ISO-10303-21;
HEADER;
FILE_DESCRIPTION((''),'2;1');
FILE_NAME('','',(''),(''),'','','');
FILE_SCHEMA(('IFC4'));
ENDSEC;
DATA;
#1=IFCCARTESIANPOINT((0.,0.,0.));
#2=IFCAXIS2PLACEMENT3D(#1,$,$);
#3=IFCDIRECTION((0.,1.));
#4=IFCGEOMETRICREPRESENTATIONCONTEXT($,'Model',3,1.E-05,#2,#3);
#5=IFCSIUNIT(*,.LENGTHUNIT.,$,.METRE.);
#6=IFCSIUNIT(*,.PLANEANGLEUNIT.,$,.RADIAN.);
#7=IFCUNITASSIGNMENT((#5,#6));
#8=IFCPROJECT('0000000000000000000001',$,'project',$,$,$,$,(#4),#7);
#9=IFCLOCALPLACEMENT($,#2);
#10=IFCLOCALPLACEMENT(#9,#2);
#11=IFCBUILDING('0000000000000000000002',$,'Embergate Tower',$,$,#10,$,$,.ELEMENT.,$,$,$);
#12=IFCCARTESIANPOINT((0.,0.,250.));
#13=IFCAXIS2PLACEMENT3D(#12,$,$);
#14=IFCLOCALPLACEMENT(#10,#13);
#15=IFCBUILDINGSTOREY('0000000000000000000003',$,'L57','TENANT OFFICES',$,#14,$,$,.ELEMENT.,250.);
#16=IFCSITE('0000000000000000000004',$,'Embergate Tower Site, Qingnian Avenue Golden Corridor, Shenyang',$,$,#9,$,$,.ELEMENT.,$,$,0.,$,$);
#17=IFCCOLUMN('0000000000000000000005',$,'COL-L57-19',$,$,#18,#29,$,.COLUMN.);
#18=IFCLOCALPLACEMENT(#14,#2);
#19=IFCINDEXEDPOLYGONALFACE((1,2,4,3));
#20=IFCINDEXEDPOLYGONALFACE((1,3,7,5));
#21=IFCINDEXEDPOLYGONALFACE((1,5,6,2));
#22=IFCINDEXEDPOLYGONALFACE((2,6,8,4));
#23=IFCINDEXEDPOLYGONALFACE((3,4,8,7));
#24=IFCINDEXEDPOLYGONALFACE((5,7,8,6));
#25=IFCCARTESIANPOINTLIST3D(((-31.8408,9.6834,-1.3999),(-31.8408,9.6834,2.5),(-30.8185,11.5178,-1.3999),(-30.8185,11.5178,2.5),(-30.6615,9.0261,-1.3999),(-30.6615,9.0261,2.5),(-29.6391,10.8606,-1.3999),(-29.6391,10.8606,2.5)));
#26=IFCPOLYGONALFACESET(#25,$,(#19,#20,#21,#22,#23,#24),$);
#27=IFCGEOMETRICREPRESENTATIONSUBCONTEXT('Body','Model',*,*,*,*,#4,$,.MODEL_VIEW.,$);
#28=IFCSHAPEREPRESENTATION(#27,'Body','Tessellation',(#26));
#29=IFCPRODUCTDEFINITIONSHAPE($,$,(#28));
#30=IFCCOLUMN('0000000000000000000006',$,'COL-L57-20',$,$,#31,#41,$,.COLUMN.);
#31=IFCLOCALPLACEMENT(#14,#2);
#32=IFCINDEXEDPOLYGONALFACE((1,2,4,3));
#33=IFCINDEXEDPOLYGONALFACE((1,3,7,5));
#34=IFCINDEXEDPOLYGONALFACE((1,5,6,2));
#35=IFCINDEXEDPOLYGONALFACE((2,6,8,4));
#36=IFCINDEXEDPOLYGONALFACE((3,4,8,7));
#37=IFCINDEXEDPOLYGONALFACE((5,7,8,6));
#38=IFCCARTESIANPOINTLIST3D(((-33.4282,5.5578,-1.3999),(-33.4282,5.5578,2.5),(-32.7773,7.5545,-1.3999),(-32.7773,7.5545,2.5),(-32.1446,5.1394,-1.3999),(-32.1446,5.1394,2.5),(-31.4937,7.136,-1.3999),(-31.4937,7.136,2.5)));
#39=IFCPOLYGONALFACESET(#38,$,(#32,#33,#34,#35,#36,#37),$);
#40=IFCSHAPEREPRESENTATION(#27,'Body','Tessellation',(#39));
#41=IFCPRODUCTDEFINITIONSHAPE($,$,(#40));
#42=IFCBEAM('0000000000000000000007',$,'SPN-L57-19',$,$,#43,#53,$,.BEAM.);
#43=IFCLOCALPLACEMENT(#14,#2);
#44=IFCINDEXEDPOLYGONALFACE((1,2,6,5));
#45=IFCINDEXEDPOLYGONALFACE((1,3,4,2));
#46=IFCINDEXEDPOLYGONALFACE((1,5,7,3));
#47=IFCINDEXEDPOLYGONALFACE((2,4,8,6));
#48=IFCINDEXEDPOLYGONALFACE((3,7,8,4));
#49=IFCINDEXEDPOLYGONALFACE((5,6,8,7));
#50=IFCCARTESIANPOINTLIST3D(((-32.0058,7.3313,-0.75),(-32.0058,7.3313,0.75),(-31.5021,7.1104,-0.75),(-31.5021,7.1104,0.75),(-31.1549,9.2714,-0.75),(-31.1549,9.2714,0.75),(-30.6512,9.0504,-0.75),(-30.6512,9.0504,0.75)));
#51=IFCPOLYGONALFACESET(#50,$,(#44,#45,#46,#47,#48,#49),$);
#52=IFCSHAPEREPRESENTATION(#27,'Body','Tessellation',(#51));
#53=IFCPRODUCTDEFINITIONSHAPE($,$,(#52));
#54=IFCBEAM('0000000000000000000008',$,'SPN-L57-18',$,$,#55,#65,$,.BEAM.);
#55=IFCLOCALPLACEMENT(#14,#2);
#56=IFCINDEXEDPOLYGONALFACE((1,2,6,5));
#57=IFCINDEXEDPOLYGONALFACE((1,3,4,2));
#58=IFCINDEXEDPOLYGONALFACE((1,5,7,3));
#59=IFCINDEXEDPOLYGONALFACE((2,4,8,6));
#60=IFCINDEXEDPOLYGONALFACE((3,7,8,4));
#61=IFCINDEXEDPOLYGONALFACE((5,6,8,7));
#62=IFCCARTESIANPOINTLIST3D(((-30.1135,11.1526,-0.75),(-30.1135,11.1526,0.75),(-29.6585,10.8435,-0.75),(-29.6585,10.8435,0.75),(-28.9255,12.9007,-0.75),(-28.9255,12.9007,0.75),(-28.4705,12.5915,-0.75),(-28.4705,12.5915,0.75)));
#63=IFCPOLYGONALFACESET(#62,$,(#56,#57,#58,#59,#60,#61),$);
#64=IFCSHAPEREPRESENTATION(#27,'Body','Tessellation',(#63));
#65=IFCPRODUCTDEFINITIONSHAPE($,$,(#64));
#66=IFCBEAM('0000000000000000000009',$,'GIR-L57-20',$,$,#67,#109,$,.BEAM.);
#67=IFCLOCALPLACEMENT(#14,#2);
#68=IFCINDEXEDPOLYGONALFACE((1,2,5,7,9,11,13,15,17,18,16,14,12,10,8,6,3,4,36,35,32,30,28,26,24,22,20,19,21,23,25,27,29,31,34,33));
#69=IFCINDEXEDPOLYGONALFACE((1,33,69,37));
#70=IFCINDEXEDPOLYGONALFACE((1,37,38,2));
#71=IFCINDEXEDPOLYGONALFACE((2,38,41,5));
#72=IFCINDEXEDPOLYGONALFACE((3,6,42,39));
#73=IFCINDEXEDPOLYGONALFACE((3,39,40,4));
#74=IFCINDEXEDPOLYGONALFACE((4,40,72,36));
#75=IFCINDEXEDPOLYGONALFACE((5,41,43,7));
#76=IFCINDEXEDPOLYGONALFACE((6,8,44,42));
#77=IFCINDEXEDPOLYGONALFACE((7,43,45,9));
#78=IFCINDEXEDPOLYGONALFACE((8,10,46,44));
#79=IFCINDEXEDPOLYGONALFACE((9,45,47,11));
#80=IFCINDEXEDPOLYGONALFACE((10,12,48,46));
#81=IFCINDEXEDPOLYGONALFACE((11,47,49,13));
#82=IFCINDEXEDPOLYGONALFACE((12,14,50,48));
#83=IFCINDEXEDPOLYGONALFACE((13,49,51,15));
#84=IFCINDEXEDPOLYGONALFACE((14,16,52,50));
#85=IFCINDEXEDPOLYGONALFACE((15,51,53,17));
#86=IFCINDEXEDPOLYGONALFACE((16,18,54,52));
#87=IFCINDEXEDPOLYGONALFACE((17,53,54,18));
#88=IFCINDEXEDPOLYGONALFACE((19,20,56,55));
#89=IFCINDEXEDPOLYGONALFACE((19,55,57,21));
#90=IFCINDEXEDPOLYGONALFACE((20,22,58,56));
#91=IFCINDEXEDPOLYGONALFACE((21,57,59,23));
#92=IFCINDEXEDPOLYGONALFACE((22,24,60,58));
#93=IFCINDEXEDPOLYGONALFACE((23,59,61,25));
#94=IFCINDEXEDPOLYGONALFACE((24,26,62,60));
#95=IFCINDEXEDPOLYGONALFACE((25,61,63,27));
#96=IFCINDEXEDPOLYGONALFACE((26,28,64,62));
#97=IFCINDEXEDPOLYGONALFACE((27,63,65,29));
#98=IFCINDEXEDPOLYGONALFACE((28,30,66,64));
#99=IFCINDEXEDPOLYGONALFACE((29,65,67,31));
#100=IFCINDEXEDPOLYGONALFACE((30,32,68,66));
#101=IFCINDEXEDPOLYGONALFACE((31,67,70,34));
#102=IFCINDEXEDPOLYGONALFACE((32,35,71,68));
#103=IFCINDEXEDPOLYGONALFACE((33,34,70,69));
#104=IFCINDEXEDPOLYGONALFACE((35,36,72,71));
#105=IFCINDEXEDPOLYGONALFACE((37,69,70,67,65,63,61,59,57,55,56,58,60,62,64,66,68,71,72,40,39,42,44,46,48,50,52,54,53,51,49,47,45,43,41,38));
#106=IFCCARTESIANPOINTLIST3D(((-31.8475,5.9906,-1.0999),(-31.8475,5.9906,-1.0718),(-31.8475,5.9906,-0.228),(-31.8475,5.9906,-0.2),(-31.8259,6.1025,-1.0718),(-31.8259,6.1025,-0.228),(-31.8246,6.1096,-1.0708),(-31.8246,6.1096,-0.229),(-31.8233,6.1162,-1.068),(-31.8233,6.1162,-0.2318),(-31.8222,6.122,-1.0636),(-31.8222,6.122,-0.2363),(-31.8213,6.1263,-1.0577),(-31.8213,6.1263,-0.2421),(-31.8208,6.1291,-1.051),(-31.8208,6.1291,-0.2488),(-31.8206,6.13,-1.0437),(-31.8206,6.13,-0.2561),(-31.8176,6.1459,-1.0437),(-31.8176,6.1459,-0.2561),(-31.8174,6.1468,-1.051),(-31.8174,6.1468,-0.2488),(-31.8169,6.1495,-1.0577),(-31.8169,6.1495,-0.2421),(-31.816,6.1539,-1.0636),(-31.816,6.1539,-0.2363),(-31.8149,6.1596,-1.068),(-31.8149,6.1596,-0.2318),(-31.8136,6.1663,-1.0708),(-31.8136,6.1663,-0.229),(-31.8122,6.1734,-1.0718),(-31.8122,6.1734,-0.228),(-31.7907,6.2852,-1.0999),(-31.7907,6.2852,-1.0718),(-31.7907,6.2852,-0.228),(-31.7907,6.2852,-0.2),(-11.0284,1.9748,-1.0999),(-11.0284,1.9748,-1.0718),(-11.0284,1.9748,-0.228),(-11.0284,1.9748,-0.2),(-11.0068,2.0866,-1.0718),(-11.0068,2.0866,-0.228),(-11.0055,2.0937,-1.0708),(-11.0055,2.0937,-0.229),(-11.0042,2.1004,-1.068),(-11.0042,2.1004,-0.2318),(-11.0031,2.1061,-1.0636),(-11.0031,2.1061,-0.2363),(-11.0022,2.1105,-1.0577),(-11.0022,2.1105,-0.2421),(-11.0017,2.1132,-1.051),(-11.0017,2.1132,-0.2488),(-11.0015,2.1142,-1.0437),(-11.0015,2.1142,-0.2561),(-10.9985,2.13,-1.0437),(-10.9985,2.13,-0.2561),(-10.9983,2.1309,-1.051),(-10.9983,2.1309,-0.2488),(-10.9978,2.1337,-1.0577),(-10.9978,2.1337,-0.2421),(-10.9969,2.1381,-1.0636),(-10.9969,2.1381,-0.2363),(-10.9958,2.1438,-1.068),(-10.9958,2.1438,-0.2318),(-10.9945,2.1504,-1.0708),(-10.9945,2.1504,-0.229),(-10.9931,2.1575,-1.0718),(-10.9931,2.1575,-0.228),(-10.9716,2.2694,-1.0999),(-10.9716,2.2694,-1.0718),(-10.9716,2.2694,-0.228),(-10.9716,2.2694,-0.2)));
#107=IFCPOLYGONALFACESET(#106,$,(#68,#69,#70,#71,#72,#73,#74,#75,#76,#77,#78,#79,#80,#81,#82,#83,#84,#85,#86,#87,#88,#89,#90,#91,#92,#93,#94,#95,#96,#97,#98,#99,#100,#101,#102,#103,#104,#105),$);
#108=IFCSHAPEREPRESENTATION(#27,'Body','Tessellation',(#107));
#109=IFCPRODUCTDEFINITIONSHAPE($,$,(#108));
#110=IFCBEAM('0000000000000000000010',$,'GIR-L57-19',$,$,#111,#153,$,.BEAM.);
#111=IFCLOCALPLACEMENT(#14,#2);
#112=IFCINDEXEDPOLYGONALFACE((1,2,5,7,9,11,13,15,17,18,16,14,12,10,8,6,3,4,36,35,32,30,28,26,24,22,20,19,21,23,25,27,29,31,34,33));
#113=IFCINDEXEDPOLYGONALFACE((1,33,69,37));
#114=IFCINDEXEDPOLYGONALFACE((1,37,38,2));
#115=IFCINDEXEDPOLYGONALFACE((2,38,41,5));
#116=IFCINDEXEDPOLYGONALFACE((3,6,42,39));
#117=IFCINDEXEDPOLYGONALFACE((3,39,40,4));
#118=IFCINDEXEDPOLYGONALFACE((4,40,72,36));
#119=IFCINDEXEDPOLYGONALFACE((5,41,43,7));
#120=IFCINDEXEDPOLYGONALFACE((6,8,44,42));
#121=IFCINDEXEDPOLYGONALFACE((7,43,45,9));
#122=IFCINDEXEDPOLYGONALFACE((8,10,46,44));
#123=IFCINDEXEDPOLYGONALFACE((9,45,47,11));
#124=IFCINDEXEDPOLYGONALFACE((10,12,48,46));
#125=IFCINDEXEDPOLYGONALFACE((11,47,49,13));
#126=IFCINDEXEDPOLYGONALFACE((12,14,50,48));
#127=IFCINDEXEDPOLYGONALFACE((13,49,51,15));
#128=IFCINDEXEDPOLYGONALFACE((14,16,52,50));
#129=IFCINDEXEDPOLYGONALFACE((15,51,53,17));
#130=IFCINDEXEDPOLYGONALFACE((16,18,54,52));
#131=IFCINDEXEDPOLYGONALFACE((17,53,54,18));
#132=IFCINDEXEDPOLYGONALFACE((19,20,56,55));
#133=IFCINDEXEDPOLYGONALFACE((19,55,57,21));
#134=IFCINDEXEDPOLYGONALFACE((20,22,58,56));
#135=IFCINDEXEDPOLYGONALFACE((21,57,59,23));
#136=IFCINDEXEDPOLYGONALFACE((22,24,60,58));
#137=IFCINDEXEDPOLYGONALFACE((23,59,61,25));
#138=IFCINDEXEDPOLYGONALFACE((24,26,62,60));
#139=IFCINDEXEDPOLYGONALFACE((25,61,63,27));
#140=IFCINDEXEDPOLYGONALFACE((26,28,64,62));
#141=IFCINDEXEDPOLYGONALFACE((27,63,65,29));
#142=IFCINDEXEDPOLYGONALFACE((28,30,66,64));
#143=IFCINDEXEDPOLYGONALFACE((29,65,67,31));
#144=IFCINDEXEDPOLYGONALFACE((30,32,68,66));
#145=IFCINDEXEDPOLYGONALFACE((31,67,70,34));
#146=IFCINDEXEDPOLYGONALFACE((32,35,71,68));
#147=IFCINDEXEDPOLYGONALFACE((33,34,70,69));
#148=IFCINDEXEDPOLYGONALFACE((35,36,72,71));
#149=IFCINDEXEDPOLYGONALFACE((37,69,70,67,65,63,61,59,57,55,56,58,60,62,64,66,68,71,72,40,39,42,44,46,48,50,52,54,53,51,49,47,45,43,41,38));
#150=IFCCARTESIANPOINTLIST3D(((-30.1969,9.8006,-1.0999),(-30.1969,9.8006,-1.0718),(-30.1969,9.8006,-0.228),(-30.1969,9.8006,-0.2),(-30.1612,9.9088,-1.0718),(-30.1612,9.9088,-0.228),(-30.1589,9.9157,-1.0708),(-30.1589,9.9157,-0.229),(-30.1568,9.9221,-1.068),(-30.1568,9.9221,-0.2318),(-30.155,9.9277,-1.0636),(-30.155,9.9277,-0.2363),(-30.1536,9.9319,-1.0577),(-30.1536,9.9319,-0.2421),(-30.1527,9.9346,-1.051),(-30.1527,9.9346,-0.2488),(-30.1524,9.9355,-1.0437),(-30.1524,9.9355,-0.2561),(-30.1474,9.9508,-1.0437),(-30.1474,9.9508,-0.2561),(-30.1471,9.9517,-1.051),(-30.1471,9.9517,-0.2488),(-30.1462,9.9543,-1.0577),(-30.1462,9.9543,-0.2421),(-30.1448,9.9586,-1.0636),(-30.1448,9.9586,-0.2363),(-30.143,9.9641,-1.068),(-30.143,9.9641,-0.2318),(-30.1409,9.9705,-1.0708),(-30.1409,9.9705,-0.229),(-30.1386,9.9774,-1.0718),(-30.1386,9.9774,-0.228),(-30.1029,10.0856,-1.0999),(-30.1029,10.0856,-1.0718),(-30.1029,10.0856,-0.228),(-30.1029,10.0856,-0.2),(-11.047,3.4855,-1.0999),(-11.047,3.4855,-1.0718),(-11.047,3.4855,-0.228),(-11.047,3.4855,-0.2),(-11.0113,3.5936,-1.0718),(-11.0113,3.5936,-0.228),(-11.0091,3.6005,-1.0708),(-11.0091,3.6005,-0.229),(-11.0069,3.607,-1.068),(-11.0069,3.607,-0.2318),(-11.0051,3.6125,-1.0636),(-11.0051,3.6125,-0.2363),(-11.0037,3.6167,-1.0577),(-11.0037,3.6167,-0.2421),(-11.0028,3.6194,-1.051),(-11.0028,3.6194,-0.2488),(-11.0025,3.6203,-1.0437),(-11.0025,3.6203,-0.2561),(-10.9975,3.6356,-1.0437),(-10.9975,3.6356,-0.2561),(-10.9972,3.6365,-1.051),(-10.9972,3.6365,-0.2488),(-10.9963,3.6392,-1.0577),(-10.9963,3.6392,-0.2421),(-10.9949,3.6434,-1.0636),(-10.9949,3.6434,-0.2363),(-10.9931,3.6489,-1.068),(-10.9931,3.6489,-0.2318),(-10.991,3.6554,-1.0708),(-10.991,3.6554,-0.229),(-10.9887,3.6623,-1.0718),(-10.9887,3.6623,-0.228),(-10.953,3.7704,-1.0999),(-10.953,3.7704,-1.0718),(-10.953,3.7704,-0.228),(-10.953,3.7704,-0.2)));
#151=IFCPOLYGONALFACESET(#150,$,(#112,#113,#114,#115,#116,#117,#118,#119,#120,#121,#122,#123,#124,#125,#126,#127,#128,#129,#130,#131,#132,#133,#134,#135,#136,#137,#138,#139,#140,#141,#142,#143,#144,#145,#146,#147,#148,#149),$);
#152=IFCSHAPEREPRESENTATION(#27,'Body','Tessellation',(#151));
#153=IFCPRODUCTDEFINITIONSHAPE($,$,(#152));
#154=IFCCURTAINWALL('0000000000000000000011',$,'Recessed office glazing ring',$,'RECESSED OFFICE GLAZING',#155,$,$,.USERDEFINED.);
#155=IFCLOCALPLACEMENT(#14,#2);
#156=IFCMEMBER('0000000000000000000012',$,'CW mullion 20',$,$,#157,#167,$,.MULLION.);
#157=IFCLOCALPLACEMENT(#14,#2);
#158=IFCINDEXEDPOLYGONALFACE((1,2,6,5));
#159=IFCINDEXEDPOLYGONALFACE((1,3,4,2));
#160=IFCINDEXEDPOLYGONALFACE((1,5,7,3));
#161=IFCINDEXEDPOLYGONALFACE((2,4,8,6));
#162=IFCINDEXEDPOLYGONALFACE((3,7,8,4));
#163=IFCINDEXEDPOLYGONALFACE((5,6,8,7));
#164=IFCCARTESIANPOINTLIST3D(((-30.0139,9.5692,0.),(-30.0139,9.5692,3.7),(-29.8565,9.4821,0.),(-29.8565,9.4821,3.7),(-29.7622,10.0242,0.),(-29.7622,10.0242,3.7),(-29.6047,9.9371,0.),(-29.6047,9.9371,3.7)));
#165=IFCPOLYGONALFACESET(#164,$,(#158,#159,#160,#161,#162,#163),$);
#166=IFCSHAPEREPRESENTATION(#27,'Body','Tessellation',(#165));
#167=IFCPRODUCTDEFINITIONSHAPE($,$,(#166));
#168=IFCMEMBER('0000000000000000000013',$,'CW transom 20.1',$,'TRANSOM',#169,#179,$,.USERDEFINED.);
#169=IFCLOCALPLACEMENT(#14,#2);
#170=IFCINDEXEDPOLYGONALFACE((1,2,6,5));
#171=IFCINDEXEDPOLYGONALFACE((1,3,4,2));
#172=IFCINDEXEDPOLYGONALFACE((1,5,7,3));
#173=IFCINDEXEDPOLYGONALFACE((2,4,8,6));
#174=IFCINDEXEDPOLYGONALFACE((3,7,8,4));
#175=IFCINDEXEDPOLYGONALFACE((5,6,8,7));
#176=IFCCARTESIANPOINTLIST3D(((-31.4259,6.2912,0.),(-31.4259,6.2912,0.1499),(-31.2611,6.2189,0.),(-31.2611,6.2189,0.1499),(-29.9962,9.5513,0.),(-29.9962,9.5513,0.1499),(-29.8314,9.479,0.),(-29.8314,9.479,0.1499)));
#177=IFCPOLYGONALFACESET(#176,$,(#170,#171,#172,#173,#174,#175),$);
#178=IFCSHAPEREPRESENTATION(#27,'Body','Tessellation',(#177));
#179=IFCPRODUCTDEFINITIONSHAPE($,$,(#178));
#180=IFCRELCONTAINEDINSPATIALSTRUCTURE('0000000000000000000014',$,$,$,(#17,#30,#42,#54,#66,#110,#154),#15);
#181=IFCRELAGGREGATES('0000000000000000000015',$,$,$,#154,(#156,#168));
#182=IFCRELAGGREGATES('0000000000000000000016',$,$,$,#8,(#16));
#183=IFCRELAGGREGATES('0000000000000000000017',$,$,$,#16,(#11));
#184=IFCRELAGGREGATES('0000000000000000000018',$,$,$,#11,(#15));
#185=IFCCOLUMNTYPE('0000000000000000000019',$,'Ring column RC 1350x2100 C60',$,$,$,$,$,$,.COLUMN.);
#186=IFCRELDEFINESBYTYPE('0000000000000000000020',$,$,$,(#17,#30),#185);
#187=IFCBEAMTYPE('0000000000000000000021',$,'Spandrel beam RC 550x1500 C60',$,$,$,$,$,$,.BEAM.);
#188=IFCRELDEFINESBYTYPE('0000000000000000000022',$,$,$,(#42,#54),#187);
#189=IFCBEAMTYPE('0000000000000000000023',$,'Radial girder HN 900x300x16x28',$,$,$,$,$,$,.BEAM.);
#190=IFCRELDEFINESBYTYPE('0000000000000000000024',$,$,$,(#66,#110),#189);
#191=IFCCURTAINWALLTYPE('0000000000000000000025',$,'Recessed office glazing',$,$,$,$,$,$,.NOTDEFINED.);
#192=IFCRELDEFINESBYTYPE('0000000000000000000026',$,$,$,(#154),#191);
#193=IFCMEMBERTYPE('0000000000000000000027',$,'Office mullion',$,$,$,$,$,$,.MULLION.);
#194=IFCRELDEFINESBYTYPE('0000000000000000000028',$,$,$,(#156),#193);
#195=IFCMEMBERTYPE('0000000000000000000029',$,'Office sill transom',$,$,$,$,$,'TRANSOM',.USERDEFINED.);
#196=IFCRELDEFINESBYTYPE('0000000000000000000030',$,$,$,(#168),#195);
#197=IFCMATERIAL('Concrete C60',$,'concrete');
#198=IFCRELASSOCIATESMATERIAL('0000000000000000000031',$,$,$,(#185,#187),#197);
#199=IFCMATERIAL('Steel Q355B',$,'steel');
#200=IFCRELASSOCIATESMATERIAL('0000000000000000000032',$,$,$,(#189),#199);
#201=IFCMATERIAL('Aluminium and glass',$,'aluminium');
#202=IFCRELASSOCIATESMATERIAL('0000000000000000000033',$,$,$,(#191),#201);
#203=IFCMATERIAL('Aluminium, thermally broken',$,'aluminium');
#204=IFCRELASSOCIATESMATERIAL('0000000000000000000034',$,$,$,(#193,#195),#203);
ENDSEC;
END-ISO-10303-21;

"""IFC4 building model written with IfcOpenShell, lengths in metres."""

from ifc_helpers import new_model, si_unit, direction, frame, origin, origin_2d, place, context, subcontext, project, spatial, rectangle, i_section, extrude, source, transform, mapped, material, material_profile, profile_set, type_object, element, aggregate, save


model = new_model("IFC4")

# Units and contexts
model_context = context("Model", 3, precision=1e-05, world=origin(), true_north=direction((0.0, 1.0)))
body_context = subcontext(model_context, "Body", "Model", "MODEL_VIEW")
ifc_project = project(units=[si_unit("LENGTHUNIT", "METRE"), si_unit("PLANEANGLEUNIT", "RADIAN")], contexts=[model_context])

# Site, building, storey
site_placement = place(None, origin())
site = spatial("IfcSite", under=ifc_project, at=site_placement, Name="Embergate Tower Site, Qingnian Avenue Golden Corridor, Shenyang", CompositionType="ELEMENT", RefElevation=0.0)
building_placement = place(site_placement, origin())
building = spatial("IfcBuilding", under=site, at=building_placement, Name="Embergate Tower", CompositionType="ELEMENT")
storey_placement = place(building_placement, frame((0.0, 0.0, 250.0)))
storey = spatial("IfcBuildingStorey", under=building, at=storey_placement, Name="L57", Description="TENANT OFFICES", CompositionType="ELEMENT", Elevation=250.0)

# Columns
ifc_material_1 = material(Name="Concrete C60", Category="concrete")
ifc_material_profile_1 = material_profile(ifc_material_1, rectangle(XDim=1.3501, YDim=2.1001, at=origin_2d()), Name="RC 1350x2100")
ifc_profile_set_1 = profile_set([ifc_material_profile_1], Name="Concrete C60")
column_type = type_object("IfcColumnType", Name="Ring column RC 1350x2100 C60", PredefinedType="COLUMN", material=ifc_profile_set_1)
shared_shape_1 = source(origin(), body_context, "Body", "SweptSolid", [
    extrude(rectangle(XDim=1.3501, YDim=2.1001, at=origin_2d()), origin(), (0.0, 0.0, 1.0), 3.8999),
])
for number, where, z_axis, x_axis, name in (
    (1, (-30.74, 10.272, -1.3999), (0.0, 0.0, 1.0), (-0.8735, 0.486823, 0.0), "COL-L57-19"),
    (2, (-32.4609, 6.3469, -1.3999), (0.0, 0.0, 1.0), (-0.950754, 0.309946, 0.0), "COL-L57-20"),
):
    element("IfcColumn", number, at=place(storey_placement, frame(where, z_axis=z_axis, x_axis=x_axis)), inside=storey, type_object=column_type, Name=name, PredefinedType="COLUMN", context=body_context, shape_type="MappedRepresentation", body=[
        mapped(shared_shape_1, transform((0.0, 0.0, 0.0))),
    ])

# Beams
ifc_material_profile_2 = material_profile(ifc_material_1, rectangle(XDim=0.55, YDim=1.5, at=origin_2d()), Name="RC 550x1500")
ifc_profile_set_2 = profile_set([ifc_material_profile_2], Name="Concrete C60")
beam_type_1 = type_object("IfcBeamType", Name="Spandrel beam RC 550x1500 C60", PredefinedType="BEAM", material=ifc_profile_set_2)
shared_shape_2 = source(origin(), body_context, "Body", "SweptSolid", [
    extrude(rectangle(XDim=0.55, YDim=1.5, at=origin_2d()), origin(), (0.0, 0.0, 1.0), 2.1184),
])
beam_1_placement = place(storey_placement, frame((-30.9031, 9.1609, 0.0), z_axis=(-0.401653, -0.915792, 0.0), x_axis=(0.915792, -0.401653, 0.0)))
element("IfcBeam", 3, at=beam_1_placement, inside=storey, type_object=beam_type_1, Name="SPN-L57-19", PredefinedType="BEAM", context=body_context, shape_type="MappedRepresentation", body=[
    mapped(shared_shape_2, transform((0.0, 0.0, 0.0))),
])
shared_shape_3 = source(origin(), body_context, "Body", "SweptSolid", [
    extrude(rectangle(XDim=0.55, YDim=1.5, at=origin_2d()), origin(), (0.0, 0.0, 1.0), 2.1135),
])
beam_2_placement = place(storey_placement, frame((-28.698, 12.7461, 0.0), z_axis=(-0.562089, -0.827077, 0.0), x_axis=(0.827077, -0.562089, 0.0)))
element("IfcBeam", 4, at=beam_2_placement, inside=storey, type_object=beam_type_1, Name="SPN-L57-18", PredefinedType="BEAM", context=body_context, shape_type="MappedRepresentation", body=[
    mapped(shared_shape_3, transform((0.0, 0.0, 0.0))),
])
ifc_material_2 = material(Name="Steel Q355B", Category="steel")
ifc_material_profile_3 = material_profile(ifc_material_2, i_section(OverallWidth=0.3, OverallDepth=0.8999, WebThickness=0.0161, FlangeThickness=0.0281, FilletRadius=0.0281, at=origin_2d()), Name="HN 900x300x16x28")
ifc_profile_set_3 = profile_set([ifc_material_profile_3], Name="Steel Q355 grade B")
beam_type_2 = type_object("IfcBeamType", Name="Radial girder HN 900x300x16x28", PredefinedType="BEAM", material=ifc_profile_set_3)
shared_shape_4 = source(origin(), body_context, "Body", "SweptSolid", [
    extrude(i_section(OverallWidth=0.3, OverallDepth=0.8999, WebThickness=0.0161, FlangeThickness=0.0281, FilletRadius=0.0281, at=origin_2d()), origin(), (0.0, 0.0, 1.0), 21.2029),
])
beam_3_placement = place(storey_placement, frame((-31.8191, 6.1379, -0.6499), z_axis=(0.9819, -0.189402, 0.0), x_axis=(0.189402, 0.9819, 0.0)))
element("IfcBeam", 5, at=beam_3_placement, inside=storey, type_object=beam_type_2, Name="GIR-L57-20", PredefinedType="BEAM", context=body_context, shape_type="MappedRepresentation", body=[
    mapped(shared_shape_4, transform((0.0, 0.0, 0.0))),
])
shared_shape_5 = source(origin(), body_context, "Body", "SweptSolid", [
    extrude(i_section(OverallWidth=0.3, OverallDepth=0.8999, WebThickness=0.0161, FlangeThickness=0.0281, FilletRadius=0.0281, at=origin_2d()), origin(), (0.0, 0.0, 1.0), 20.1643),
])
beam_4_placement = place(storey_placement, frame((-30.1499, 9.9431, -0.6499), z_axis=(0.949692, -0.313186, 0.0), x_axis=(0.313186, 0.949692, 0.0)))
element("IfcBeam", 6, at=beam_4_placement, inside=storey, type_object=beam_type_2, Name="GIR-L57-19", PredefinedType="BEAM", context=body_context, shape_type="MappedRepresentation", body=[
    mapped(shared_shape_5, transform((0.0, 0.0, 0.0))),
])

# Curtain wall, members
ifc_material_3 = material(Name="Aluminium and glass", Category="aluminium")
curtain_wall_type = type_object("IfcCurtainWallType", Name="Recessed office glazing", PredefinedType="NOTDEFINED", material=ifc_material_3)
curtain_wall_placement = place(storey_placement, origin())
curtain_wall = element("IfcCurtainWall", 7, at=curtain_wall_placement, inside=storey, type_object=curtain_wall_type, Name="Recessed office glazing ring", ObjectType="RECESSED OFFICE GLAZING", PredefinedType="USERDEFINED")
ifc_material_4 = material(Name="Aluminium, thermally broken", Category="aluminium")
ifc_material_profile_4 = material_profile(ifc_material_4, rectangle(XDim=0.1799, YDim=0.52, at=origin_2d()), Name="AL 520x180")
ifc_profile_set_4 = profile_set([ifc_material_profile_4], Name="Aluminium, thermally broken")
member_type_1 = type_object("IfcMemberType", Name="Office mullion", PredefinedType="MULLION", material=ifc_profile_set_4)
shared_shape_6 = source(origin(), body_context, "Body", "SweptSolid", [
    extrude(rectangle(XDim=0.1799, YDim=0.52, at=origin_2d()), origin(), (0.0, 0.0, 1.0), 3.7),
])
member_1_placement = place(storey_placement, frame((-29.8093, 9.7532, 0.0), z_axis=(0.0, 0.0, 1.0), x_axis=(0.874998, -0.484127, 0.0)))
member_1 = element("IfcMember", 8, at=member_1_placement, type_object=member_type_1, Name="CW mullion 20", PredefinedType="MULLION", context=body_context, shape_type="MappedRepresentation", body=[
    mapped(shared_shape_6, transform((0.0, 0.0, 0.0))),
])
ifc_material_profile_5 = material_profile(ifc_material_4, rectangle(XDim=0.1799, YDim=0.1499, at=origin_2d()), Name="AL 150x180")
ifc_profile_set_5 = profile_set([ifc_material_profile_5], Name="Aluminium, thermally broken")
member_type_2 = type_object("IfcMemberType", Name="Office sill transom", ElementType="TRANSOM", PredefinedType="USERDEFINED", material=ifc_profile_set_5)
shared_shape_7 = source(origin(), body_context, "Body", "SweptSolid", [
    extrude(rectangle(XDim=0.1799, YDim=0.1499, at=origin_2d()), origin(), (0.0, 0.0, 1.0), 3.5598),
])
member_2_placement = place(storey_placement, frame((-29.9138, 9.5151, 0.075), z_axis=(-0.401628, -0.915803, 0.0), x_axis=(0.915803, -0.401628, 0.0)))
member_2 = element("IfcMember", 9, at=member_2_placement, type_object=member_type_2, Name="CW transom 20.1", ObjectType="TRANSOM", PredefinedType="USERDEFINED", context=body_context, shape_type="MappedRepresentation", body=[
    mapped(shared_shape_7, transform((0.0, 0.0, 0.0))),
])
aggregate(curtain_wall, [member_1, member_2])

save(model, "model.ifc")
